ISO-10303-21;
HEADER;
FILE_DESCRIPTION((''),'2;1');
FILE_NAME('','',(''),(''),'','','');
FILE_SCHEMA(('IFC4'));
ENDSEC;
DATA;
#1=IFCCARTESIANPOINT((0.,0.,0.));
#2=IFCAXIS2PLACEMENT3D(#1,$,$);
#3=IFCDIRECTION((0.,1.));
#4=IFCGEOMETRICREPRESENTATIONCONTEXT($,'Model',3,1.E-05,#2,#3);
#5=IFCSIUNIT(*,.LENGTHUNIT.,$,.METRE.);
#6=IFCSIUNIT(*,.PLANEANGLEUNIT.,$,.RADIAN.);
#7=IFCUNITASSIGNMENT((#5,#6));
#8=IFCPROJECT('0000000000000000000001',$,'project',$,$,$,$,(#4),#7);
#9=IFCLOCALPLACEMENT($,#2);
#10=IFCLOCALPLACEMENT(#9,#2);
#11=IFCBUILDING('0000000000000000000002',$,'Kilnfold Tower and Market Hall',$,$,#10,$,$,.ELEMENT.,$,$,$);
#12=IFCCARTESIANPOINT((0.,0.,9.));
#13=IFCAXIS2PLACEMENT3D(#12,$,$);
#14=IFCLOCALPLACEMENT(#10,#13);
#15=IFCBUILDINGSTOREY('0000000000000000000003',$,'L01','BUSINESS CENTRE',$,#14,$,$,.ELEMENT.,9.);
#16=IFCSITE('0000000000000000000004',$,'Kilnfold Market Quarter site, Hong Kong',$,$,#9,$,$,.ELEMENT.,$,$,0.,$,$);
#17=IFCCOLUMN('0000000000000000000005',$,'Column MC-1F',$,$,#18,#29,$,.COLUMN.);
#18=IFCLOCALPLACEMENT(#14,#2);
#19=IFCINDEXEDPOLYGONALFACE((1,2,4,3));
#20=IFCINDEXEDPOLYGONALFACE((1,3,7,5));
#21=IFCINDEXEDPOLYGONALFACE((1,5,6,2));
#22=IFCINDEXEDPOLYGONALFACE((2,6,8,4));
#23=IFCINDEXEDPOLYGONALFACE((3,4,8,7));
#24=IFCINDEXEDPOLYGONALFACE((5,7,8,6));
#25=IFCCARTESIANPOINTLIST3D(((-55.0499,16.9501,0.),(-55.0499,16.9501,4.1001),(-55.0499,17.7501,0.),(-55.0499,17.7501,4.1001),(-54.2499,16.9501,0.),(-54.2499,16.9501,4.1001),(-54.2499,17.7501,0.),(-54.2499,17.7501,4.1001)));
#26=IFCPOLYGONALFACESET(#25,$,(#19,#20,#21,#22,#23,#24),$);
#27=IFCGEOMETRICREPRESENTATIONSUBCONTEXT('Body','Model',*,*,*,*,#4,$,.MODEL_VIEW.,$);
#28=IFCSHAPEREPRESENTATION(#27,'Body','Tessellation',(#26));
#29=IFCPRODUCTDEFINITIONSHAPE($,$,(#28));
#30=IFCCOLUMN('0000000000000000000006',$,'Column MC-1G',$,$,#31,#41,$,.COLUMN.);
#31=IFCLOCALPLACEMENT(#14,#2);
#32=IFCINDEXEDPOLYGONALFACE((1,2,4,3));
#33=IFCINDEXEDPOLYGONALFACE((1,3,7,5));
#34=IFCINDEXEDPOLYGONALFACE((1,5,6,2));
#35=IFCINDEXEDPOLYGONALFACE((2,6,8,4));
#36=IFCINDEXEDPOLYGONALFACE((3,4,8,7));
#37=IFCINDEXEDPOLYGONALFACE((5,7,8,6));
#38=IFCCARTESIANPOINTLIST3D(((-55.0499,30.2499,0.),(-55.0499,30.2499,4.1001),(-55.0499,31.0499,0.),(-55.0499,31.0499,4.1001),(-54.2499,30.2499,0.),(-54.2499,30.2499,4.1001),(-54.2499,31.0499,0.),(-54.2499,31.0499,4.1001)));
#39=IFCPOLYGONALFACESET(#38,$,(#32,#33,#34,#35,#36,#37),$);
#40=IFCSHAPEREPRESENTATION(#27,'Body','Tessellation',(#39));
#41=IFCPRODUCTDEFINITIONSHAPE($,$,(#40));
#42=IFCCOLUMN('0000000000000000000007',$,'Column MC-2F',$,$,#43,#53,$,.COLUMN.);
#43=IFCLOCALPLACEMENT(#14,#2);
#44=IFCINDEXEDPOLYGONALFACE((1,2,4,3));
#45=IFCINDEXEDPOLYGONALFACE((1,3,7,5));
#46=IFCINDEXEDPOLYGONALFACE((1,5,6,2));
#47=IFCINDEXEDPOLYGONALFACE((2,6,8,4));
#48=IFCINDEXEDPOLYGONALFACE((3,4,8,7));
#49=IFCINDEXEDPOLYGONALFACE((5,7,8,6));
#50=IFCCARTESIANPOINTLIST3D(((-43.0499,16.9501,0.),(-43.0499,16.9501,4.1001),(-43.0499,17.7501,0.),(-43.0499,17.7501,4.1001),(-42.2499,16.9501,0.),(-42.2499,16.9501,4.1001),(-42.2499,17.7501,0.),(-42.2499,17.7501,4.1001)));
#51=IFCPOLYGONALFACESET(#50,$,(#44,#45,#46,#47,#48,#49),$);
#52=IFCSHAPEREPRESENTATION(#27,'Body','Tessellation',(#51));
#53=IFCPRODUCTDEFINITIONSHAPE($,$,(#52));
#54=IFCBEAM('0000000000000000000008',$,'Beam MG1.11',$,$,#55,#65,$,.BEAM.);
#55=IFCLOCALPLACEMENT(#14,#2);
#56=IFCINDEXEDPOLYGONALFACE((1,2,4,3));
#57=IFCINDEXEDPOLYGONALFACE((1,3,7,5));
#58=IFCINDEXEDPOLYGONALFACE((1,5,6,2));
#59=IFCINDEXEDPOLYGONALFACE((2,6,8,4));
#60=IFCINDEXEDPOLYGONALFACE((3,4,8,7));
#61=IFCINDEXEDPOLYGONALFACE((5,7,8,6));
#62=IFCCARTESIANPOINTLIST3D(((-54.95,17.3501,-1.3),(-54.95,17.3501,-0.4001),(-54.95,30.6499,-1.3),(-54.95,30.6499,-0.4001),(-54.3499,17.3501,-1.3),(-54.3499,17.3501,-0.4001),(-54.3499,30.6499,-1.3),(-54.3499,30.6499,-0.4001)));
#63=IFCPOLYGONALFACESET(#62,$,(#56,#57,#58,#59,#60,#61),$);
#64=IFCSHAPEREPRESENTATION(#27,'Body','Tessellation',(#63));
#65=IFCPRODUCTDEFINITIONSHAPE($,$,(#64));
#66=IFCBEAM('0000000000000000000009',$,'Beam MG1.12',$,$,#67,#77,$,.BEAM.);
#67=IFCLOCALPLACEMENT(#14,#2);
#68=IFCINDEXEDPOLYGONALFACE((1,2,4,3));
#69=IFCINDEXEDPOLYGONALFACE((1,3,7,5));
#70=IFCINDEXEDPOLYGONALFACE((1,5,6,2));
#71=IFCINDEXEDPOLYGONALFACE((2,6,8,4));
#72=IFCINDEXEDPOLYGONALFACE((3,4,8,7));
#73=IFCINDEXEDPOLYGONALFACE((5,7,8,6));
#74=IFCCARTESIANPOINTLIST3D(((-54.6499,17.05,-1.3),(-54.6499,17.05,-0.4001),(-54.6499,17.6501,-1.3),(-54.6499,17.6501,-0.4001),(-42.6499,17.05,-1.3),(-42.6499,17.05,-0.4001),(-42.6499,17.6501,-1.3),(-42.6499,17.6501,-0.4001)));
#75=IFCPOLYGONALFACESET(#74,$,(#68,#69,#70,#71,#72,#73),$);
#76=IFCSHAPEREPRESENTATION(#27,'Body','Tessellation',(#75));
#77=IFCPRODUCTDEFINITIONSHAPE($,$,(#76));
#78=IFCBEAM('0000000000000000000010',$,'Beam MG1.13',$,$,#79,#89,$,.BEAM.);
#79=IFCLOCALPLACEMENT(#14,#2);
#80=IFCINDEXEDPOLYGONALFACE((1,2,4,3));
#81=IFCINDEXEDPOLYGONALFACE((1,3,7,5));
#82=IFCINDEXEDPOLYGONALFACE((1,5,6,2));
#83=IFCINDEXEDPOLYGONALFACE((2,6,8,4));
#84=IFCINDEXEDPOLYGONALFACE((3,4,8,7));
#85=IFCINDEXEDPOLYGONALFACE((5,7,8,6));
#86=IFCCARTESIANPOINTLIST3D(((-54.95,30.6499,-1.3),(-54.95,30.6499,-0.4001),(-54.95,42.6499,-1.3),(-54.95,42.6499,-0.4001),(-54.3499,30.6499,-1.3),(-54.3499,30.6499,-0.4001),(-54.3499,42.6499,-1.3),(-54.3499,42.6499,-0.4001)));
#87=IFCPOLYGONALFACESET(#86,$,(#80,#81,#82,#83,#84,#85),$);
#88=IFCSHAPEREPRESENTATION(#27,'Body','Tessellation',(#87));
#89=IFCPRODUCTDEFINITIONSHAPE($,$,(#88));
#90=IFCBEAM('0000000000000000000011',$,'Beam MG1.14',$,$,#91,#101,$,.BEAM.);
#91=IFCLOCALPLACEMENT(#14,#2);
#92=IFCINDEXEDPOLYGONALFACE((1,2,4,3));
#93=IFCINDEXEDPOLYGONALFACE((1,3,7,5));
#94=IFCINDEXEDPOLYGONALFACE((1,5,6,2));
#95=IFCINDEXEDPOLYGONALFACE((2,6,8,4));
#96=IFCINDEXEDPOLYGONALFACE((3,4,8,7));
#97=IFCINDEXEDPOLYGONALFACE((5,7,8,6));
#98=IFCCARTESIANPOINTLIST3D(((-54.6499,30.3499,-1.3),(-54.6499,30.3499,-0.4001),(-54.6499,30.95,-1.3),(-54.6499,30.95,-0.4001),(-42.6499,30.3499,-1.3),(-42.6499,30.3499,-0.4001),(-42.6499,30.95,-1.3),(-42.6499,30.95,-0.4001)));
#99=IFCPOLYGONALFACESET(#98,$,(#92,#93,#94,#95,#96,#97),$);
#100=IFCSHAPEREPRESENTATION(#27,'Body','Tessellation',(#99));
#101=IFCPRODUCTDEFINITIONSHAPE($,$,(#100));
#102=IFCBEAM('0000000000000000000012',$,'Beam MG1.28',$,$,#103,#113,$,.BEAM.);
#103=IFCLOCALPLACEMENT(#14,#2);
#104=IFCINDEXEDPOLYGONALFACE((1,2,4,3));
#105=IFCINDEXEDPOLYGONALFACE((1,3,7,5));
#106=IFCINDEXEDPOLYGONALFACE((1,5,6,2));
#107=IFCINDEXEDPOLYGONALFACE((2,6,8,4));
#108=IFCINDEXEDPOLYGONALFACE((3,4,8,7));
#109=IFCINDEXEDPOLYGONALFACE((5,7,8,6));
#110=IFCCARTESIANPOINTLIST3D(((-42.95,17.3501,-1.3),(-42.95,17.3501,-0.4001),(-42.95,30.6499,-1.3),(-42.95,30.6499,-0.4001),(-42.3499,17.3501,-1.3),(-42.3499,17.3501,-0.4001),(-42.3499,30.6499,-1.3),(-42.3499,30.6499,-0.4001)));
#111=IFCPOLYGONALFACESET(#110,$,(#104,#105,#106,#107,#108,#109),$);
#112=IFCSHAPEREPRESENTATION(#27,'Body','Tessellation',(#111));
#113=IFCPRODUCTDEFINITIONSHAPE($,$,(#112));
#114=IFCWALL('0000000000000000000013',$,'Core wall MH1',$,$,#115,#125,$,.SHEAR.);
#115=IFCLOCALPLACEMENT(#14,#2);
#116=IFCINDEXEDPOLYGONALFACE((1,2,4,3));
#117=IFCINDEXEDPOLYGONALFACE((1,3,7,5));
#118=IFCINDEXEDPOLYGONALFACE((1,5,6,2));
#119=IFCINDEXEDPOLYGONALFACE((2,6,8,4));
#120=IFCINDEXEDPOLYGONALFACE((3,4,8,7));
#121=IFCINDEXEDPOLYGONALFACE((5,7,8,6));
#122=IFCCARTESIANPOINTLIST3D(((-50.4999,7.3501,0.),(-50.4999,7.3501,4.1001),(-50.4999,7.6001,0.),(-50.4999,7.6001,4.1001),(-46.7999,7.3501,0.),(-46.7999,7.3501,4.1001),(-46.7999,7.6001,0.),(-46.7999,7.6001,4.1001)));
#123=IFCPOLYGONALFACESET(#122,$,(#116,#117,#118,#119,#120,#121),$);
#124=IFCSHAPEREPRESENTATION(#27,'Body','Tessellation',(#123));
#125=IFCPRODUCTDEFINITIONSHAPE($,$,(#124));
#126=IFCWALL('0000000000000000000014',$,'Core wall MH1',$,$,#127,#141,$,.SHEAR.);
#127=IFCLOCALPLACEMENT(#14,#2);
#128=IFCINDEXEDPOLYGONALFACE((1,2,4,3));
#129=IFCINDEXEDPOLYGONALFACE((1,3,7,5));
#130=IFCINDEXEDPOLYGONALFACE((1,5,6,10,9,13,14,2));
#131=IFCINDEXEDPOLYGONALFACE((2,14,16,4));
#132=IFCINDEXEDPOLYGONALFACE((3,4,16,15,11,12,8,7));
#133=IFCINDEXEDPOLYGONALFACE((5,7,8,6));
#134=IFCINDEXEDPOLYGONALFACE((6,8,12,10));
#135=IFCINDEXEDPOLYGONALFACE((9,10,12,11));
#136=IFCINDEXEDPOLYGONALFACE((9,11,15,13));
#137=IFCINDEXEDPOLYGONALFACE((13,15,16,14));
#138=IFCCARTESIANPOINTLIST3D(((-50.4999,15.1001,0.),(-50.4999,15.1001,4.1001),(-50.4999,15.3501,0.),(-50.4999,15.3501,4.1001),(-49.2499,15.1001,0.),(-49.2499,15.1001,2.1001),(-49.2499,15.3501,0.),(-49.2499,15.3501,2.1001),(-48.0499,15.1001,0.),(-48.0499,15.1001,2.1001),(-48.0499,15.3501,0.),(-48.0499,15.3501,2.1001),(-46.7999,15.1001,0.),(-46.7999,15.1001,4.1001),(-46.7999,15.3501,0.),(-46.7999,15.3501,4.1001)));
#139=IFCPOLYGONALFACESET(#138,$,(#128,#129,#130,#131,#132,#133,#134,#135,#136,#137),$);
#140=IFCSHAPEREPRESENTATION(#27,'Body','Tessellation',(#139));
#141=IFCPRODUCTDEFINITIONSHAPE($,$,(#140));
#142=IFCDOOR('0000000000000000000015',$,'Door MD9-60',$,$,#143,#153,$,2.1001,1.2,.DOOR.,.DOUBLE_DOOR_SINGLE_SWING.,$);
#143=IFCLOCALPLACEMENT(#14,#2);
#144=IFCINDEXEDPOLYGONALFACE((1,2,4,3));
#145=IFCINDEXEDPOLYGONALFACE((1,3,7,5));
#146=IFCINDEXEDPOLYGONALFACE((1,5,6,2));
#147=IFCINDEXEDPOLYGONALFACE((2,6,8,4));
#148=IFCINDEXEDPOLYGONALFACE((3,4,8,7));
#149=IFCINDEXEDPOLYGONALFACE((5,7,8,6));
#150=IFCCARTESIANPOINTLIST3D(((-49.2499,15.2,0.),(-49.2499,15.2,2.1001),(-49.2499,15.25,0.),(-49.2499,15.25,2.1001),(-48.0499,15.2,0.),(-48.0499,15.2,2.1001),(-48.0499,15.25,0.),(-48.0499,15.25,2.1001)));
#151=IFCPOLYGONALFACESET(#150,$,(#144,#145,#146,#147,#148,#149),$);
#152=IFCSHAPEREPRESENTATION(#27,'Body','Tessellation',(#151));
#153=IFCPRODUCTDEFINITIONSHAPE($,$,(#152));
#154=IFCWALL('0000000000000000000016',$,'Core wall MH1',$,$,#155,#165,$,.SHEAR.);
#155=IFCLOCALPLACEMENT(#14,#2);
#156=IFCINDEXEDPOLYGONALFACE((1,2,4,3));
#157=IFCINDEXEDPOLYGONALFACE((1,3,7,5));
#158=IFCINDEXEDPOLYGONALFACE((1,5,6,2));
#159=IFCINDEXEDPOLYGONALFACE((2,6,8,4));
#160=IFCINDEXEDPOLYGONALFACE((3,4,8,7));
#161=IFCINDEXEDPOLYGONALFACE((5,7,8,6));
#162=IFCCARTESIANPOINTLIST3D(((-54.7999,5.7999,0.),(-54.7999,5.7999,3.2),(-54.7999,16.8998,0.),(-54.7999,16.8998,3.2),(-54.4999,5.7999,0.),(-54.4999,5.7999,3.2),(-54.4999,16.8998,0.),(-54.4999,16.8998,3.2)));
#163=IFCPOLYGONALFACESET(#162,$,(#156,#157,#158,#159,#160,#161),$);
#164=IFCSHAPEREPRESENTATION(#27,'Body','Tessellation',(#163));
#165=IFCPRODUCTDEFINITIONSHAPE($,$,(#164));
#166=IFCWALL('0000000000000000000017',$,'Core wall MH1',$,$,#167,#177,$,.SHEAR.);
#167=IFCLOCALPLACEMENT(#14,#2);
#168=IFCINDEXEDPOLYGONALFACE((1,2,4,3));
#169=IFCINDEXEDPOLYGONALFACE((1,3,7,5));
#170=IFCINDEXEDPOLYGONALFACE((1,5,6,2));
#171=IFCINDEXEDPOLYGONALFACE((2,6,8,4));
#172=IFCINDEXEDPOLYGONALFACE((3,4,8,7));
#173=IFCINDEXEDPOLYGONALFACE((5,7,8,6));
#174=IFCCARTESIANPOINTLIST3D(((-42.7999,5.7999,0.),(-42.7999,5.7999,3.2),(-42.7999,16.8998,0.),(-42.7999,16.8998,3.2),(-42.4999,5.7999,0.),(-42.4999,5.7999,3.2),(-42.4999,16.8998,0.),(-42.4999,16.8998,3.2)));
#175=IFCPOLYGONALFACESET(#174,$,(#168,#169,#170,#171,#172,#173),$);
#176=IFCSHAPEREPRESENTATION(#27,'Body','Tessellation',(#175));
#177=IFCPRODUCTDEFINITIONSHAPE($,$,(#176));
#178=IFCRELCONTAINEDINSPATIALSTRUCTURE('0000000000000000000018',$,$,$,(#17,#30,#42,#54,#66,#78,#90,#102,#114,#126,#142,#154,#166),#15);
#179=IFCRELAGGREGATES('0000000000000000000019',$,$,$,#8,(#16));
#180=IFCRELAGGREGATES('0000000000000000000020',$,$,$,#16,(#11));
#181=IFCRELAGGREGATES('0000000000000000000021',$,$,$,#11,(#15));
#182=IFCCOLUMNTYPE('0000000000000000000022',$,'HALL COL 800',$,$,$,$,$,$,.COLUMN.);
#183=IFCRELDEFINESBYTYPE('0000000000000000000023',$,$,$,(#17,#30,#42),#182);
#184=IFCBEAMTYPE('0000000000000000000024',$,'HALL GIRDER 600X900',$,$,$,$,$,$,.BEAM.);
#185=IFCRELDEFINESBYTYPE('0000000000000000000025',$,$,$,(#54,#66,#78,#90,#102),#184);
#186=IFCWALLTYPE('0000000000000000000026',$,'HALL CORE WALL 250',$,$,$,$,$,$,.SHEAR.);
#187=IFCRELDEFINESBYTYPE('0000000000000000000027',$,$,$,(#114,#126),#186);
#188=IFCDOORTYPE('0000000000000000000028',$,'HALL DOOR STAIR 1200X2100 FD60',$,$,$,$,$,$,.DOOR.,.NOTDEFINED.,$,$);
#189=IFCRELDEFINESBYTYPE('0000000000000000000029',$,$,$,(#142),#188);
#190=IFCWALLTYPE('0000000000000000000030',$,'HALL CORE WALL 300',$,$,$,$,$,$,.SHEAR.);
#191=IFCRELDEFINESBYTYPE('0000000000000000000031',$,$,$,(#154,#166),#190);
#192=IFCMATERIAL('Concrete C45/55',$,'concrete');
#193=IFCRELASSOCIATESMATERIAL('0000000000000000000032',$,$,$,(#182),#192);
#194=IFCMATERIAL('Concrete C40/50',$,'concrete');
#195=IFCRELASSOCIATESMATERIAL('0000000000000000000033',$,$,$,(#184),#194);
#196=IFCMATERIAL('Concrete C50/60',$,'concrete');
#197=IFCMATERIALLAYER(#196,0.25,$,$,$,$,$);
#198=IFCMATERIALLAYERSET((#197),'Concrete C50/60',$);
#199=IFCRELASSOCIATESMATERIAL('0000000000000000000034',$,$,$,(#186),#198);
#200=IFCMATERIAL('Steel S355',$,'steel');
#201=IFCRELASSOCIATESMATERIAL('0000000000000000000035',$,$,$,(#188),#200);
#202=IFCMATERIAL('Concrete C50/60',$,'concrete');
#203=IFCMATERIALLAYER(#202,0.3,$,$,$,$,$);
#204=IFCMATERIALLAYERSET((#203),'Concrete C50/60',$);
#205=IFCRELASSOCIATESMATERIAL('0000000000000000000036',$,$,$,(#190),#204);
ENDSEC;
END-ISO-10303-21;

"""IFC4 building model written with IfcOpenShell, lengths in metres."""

from ifc_helpers import new_model, si_unit, direction, frame, frame_2d, origin, origin_2d, place, context, subcontext, project, spatial, rectangle, extrude, source, transform, mapped, material, layer, layer_set, material_profile, profile_set, type_object, element, fill, save


model = new_model("IFC4")

# Units and contexts
model_context = context("Model", 3, precision=1e-05, world=origin(), true_north=direction((0.0, 1.0)))
body_context = subcontext(model_context, "Body", "Model", "MODEL_VIEW")
ifc_project = project(units=[si_unit("LENGTHUNIT", "METRE"), si_unit("PLANEANGLEUNIT", "RADIAN")], contexts=[model_context])

# Site, building, storey
site_placement = place(None, origin())
site = spatial("IfcSite", under=ifc_project, at=site_placement, Name="Kilnfold Market Quarter site, Hong Kong", CompositionType="ELEMENT", RefElevation=0.0)
building_placement = place(site_placement, origin())
building = spatial("IfcBuilding", under=site, at=building_placement, Name="Kilnfold Tower and Market Hall", CompositionType="ELEMENT")
storey_placement = place(building_placement, frame((0.0, 0.0, 9.0)))
storey = spatial("IfcBuildingStorey", under=building, at=storey_placement, Name="L01", Description="BUSINESS CENTRE", CompositionType="ELEMENT", Elevation=9.0)

# Columns
ifc_material_1 = material(Name="Concrete C45/55", Category="concrete")
ifc_material_profile_1 = material_profile(ifc_material_1, rectangle(XDim=0.8, YDim=0.8, at=origin_2d()), Name="RC 800x800")
ifc_profile_set_1 = profile_set([ifc_material_profile_1], Name="Concrete C45/55")
column_type = type_object("IfcColumnType", Name="HALL COL 800", PredefinedType="COLUMN", material=ifc_profile_set_1)
shared_shape_1 = source(origin(), body_context, "Body", "SweptSolid", [
    extrude(rectangle(XDim=0.8, YDim=0.8, at=origin_2d()), origin(), (0.0, 0.0, 1.0), 4.1001),
])
for number, where, z_axis, x_axis, name in (
    (1, (-54.6499, 17.3501, 0.0), (0.0, 0.0, 1.0), (1.0, 0.0, 0.0), "Column MC-1F"),
    (2, (-54.6499, 30.6499, 0.0), (0.0, 0.0, 1.0), (1.0, 0.0, 0.0), "Column MC-1G"),
    (3, (-42.6499, 17.3501, 0.0), (0.0, 0.0, 1.0), (1.0, 0.0, 0.0), "Column MC-2F"),
):
    element("IfcColumn", number, at=place(storey_placement, frame(where, z_axis=z_axis, x_axis=x_axis)), inside=storey, type_object=column_type, Name=name, PredefinedType="COLUMN", context=body_context, shape_type="MappedRepresentation", body=[
        mapped(shared_shape_1, transform((0.0, 0.0, 0.0))),
    ])

# Beams
ifc_material_2 = material(Name="Concrete C40/50", Category="concrete")
ifc_material_profile_2 = material_profile(ifc_material_2, rectangle(XDim=0.6001, YDim=0.8999, at=origin_2d()), Name="RC 600x900")
ifc_profile_set_2 = profile_set([ifc_material_profile_2], Name="Concrete C40/50")
beam_type = type_object("IfcBeamType", Name="HALL GIRDER 600X900", PredefinedType="BEAM", material=ifc_profile_set_2)
beam_1_placement = place(storey_placement, frame((-54.6499, 17.3501, -0.8501), z_axis=(0.0, 1.0, 0.0), x_axis=(-1.0, 0.0, 0.0)))
element("IfcBeam", 4, at=beam_1_placement, inside=storey, type_object=beam_type, Name="Beam MG1.11", PredefinedType="BEAM", context=body_context, shape_type="SweptSolid", body=[
    extrude(rectangle(XDim=0.6001, YDim=0.8999, at=origin_2d()), origin(), (0.0, 0.0, 1.0), 13.2998),
])
for number, where, z_axis, x_axis, name in (
    (5, (-54.6499, 17.3501, -0.8501), (1.0, 0.0, 0.0), (0.0, 1.0, 0.0), "Beam MG1.12"),
    (6, (-54.6499, 30.6499, -0.8501), (0.0, 1.0, 0.0), (-1.0, 0.0, 0.0), "Beam MG1.13"),
    (7, (-54.6499, 30.6499, -0.8501), (1.0, 0.0, 0.0), (0.0, 1.0, 0.0), "Beam MG1.14"),
):
    element("IfcBeam", number, at=place(storey_placement, frame(where, z_axis=z_axis, x_axis=x_axis)), inside=storey, type_object=beam_type, Name=name, PredefinedType="BEAM", context=body_context, shape_type="SweptSolid", body=[
        extrude(rectangle(XDim=0.6001, YDim=0.8999, at=origin_2d()), origin(), (0.0, 0.0, 1.0), 12.0),
    ])
beam_2_placement = place(storey_placement, frame((-42.6499, 17.3501, -0.8501), z_axis=(0.0, 1.0, 0.0), x_axis=(-1.0, 0.0, 0.0)))
element("IfcBeam", 8, at=beam_2_placement, inside=storey, type_object=beam_type, Name="Beam MG1.28", PredefinedType="BEAM", context=body_context, shape_type="SweptSolid", body=[
    extrude(rectangle(XDim=0.6001, YDim=0.8999, at=origin_2d()), origin(), (0.0, 0.0, 1.0), 13.2998),
])

# Wall
ifc_material_3 = material(Name="Concrete C50/60", Category="concrete")
ifc_layer_1 = layer(ifc_material_3, 0.25)
ifc_layer_set_1 = layer_set([ifc_layer_1], Name="Concrete C50/60")
wall_type_1 = type_object("IfcWallType", Name="HALL CORE WALL 250", PredefinedType="SHEAR", material=ifc_layer_set_1)
shared_shape_2 = source(origin(), body_context, "Body", "SweptSolid", [
    extrude(rectangle(XDim=3.7, YDim=0.25, at=frame_2d((1.8501, 0.0))), origin(), (0.0, 0.0, 1.0), 4.1001),
])
wall_1_placement = place(storey_placement, frame((-50.5, 7.4751, 0.0), z_axis=(0.0, 0.0, 1.0), x_axis=(1.0, 0.0, 0.0)))
element("IfcWall", 9, at=wall_1_placement, inside=storey, type_object=wall_type_1, Name="Core wall MH1", PredefinedType="SHEAR", context=body_context, shape_type="MappedRepresentation", body=[
    mapped(shared_shape_2, transform((0.0, 0.0, 0.0))),
])

# Wall, opening, door
wall_2_placement = place(storey_placement, frame((-50.5, 15.2251, 0.0), z_axis=(0.0, 0.0, 1.0), x_axis=(1.0, 0.0, 0.0)))
wall_2 = element("IfcWall", 10, at=wall_2_placement, inside=storey, type_object=wall_type_1, Name="Core wall MH1", PredefinedType="SHEAR", context=body_context, shape_type="MappedRepresentation", body=[
    mapped(shared_shape_2, transform((0.0, 0.0, 0.0))),
])
opening_1_placement = place(wall_2_placement, frame((1.25, 0.0, 0.0)))
opening_1 = element("IfcOpeningElement", 11, at=opening_1_placement, cuts=wall_2, PredefinedType="OPENING", context=body_context, shape_type="SweptSolid", body=[
    extrude(rectangle(XDim=1.2, YDim=2.1001, at=frame_2d((0.6001, 1.05))), frame((0.0, 0.135, 0.0), z_axis=(0.0, -1.0, 0.0), x_axis=(1.0, 0.0, 0.0)), (0.0, 0.0, 1.0), 0.27),
])
ifc_material_4 = material(Name="Steel S355", Category="steel")
door_type_1 = type_object("IfcDoorType", Name="HALL DOOR STAIR 1200X2100 FD60", OperationType="NOTDEFINED", PredefinedType="DOOR", material=ifc_material_4)
door_1_placement = place(opening_1_placement, origin())
door_1 = element("IfcDoor", 12, at=door_1_placement, inside=storey, type_object=door_type_1, Name="Door MD9-60", OperationType="DOUBLE_DOOR_SINGLE_SWING", OverallHeight=2.1001, OverallWidth=1.2, PredefinedType="DOOR", context=body_context, shape_type="SweptSolid", body=[
    extrude(rectangle(XDim=1.2, YDim=2.1001, at=frame_2d((0.6001, 1.05))), frame((0.0, 0.0249, 0.0), z_axis=(0.0, -1.0, 0.0), x_axis=(1.0, 0.0, 0.0)), (0.0, 0.0, 1.0), 0.05),
])
fill(opening_1, door_1)
ifc_material_5 = material(Name="Concrete C50/60", Category="concrete")
ifc_layer_2 = layer(ifc_material_5, 0.3)
ifc_layer_set_2 = layer_set([ifc_layer_2], Name="Concrete C50/60")
wall_type_2 = type_object("IfcWallType", Name="HALL CORE WALL 300", PredefinedType="SHEAR", material=ifc_layer_set_2)
shared_shape_3 = source(origin(), body_context, "Body", "SweptSolid", [
    extrude(rectangle(XDim=11.0999, YDim=0.3, at=frame_2d((5.5498, 0.0))), origin(), (0.0, 0.0, 1.0), 3.2),
])

# Walls
for number, where, z_axis, x_axis, name in (
    (13, (-54.6499, 5.8, 0.0), (0.0, 0.0, 1.0), (0.0, 1.0, 0.0), "Core wall MH1"),
    (14, (-42.6499, 5.8, 0.0), (0.0, 0.0, 1.0), (0.0, 1.0, 0.0), "Core wall MH1"),
):
    element("IfcWall", number, at=place(storey_placement, frame(where, z_axis=z_axis, x_axis=x_axis)), inside=storey, type_object=wall_type_2, Name=name, PredefinedType="SHEAR", context=body_context, shape_type="MappedRepresentation", body=[
        mapped(shared_shape_3, transform((0.0, 0.0, 0.0))),
    ])

save(model, "model.ifc")
